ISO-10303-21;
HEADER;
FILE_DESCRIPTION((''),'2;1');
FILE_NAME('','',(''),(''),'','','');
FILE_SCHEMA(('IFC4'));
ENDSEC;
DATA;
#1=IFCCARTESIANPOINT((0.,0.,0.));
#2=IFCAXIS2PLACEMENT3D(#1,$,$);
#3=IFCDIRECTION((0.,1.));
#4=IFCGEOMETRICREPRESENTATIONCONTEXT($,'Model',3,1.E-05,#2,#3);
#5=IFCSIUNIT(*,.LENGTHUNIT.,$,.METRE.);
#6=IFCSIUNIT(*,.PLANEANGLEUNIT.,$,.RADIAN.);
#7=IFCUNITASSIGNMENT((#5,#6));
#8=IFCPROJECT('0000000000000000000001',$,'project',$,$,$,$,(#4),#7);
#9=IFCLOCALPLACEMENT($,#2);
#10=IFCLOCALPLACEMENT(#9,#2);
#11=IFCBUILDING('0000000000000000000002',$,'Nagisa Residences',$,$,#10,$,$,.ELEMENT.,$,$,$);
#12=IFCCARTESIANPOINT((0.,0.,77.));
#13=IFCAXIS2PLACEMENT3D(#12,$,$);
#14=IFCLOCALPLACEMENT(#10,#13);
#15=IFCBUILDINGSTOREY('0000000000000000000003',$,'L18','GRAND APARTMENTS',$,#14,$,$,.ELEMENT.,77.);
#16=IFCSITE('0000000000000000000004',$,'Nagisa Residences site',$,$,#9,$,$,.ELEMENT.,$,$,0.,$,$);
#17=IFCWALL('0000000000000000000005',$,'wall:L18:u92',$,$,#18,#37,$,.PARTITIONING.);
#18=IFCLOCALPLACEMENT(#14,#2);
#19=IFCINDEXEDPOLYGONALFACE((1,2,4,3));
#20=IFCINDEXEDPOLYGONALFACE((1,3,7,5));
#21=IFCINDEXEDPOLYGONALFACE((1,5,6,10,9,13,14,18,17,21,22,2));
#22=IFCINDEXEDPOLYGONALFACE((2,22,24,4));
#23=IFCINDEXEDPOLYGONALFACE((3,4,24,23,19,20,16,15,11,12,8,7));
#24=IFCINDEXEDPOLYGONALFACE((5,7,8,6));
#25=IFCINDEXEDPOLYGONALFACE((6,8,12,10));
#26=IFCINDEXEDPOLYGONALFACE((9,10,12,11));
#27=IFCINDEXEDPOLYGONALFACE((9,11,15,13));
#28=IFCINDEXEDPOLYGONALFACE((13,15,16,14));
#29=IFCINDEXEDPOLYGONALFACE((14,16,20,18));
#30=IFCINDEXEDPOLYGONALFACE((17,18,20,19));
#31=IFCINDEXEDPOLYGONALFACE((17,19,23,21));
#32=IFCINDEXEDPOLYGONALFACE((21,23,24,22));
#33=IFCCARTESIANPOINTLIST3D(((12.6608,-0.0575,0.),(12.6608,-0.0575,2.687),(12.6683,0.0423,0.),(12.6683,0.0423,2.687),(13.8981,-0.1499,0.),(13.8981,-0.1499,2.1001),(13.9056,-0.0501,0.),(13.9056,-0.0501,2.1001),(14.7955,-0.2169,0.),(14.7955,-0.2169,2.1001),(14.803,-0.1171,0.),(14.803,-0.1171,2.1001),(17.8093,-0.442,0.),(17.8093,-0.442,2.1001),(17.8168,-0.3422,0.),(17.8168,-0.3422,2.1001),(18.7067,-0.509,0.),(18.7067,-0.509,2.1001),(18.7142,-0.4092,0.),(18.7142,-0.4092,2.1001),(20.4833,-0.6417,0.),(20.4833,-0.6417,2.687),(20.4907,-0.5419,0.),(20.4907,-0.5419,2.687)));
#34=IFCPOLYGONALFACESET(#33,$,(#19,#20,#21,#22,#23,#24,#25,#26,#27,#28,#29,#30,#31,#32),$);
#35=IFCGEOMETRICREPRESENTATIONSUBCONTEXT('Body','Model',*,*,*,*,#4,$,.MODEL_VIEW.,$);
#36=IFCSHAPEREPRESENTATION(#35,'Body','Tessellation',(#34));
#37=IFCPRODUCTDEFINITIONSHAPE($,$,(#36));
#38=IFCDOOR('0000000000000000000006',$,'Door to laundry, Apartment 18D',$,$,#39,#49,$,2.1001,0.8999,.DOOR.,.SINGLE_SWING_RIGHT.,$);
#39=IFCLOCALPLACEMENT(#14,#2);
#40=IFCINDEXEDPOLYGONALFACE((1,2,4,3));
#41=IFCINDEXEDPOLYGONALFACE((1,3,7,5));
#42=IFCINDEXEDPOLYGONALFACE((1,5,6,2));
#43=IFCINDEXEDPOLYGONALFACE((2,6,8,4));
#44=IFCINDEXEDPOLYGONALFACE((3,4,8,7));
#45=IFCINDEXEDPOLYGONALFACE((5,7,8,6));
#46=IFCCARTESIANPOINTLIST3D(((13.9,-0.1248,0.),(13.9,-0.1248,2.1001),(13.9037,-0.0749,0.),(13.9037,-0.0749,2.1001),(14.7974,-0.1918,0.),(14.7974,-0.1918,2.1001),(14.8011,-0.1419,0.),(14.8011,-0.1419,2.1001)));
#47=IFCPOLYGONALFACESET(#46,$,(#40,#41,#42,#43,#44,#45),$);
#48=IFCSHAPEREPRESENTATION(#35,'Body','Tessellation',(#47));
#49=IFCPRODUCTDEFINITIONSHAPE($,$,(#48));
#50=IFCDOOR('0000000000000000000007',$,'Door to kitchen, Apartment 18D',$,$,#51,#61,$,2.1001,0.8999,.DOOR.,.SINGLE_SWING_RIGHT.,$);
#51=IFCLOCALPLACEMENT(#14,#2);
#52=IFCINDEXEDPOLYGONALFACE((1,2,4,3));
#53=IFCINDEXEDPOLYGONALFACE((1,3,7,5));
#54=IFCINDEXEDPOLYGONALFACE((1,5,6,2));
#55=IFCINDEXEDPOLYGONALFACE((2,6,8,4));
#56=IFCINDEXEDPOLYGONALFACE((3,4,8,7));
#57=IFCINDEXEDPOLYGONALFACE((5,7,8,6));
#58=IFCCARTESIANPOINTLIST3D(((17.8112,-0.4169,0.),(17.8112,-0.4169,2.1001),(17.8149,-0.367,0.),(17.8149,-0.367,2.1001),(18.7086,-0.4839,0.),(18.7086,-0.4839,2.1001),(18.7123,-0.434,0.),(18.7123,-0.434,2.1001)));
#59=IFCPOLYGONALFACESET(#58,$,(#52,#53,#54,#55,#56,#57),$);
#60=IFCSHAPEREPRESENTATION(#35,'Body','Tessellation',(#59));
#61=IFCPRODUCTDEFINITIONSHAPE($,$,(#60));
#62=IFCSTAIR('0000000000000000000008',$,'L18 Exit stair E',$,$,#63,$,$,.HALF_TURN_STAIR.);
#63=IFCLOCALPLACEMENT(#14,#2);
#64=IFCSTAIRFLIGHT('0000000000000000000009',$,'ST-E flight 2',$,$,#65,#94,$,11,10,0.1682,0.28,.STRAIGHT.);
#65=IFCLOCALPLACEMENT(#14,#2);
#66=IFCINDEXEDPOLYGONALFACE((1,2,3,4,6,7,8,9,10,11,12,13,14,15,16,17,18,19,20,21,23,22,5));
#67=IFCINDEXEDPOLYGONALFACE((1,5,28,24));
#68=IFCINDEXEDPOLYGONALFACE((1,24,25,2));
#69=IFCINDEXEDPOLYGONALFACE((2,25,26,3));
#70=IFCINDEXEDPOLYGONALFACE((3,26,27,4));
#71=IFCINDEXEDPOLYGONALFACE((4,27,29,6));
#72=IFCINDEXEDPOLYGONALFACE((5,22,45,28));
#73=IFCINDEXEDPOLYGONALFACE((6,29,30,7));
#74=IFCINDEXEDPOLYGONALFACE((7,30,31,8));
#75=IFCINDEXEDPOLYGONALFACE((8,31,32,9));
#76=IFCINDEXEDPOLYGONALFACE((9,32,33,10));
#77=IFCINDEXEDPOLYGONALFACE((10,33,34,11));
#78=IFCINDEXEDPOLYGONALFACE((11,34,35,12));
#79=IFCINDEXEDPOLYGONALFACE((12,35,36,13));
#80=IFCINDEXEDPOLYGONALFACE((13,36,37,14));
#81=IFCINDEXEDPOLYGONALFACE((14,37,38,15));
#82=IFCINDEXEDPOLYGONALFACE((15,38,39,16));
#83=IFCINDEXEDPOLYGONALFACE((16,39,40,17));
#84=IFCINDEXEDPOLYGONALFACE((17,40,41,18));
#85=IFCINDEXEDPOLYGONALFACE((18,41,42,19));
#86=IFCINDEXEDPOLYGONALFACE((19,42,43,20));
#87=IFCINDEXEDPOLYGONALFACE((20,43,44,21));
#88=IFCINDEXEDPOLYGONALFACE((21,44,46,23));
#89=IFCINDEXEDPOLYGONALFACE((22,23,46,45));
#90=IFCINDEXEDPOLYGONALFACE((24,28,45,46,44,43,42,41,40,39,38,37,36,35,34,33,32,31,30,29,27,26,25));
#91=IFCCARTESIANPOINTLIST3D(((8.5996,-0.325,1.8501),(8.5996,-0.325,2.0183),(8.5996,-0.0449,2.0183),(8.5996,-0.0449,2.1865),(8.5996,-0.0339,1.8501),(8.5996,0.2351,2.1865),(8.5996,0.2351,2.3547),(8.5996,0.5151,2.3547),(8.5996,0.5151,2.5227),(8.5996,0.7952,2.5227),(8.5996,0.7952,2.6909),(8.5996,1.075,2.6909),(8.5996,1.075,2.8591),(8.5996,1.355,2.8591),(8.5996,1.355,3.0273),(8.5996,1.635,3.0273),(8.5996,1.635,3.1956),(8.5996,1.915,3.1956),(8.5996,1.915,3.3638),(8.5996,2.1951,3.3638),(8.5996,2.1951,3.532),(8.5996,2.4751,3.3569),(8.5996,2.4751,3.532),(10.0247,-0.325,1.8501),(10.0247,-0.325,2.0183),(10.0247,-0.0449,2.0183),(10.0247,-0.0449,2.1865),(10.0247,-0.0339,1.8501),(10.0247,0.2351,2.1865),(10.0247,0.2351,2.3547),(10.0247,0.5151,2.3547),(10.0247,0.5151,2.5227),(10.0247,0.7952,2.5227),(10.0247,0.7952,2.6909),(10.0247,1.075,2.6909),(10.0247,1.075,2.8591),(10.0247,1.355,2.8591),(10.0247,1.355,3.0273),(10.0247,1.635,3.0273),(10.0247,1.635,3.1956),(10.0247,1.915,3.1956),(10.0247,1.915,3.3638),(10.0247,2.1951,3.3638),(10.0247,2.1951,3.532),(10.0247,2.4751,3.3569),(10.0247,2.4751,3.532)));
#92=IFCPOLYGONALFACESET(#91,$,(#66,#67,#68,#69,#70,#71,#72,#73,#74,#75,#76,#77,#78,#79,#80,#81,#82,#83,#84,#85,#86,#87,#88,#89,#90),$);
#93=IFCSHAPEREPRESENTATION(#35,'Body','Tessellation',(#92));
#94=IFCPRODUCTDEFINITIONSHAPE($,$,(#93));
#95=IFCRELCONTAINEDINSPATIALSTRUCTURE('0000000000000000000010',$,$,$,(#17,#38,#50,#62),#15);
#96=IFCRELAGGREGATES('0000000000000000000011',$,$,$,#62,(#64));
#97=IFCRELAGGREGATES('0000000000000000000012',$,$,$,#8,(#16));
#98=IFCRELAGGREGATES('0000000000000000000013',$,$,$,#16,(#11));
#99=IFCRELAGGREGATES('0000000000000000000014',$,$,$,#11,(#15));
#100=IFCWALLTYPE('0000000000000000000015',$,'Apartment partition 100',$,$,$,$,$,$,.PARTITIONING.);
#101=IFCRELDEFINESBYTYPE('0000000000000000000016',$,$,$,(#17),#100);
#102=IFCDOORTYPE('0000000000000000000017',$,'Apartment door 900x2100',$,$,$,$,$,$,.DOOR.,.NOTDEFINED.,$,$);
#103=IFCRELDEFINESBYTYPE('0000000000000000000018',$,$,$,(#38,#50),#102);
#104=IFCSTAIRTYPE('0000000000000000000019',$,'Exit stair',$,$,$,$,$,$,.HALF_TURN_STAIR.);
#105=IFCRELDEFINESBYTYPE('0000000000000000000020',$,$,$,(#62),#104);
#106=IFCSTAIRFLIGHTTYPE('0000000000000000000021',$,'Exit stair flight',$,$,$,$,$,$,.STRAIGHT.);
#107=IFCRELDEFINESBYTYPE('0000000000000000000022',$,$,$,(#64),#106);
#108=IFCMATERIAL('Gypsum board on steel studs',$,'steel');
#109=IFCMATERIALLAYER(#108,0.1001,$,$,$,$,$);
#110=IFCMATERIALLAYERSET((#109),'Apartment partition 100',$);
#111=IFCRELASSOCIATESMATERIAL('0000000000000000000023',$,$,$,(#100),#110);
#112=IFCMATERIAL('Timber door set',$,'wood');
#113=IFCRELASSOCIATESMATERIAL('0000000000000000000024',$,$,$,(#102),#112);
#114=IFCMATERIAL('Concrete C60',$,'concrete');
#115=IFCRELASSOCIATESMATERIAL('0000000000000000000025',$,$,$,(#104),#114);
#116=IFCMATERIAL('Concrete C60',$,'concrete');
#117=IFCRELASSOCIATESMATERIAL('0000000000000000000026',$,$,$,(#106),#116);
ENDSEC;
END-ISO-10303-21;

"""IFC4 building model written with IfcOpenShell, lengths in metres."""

from ifc_helpers import new_model, si_unit, direction, frame, frame_2d, origin, place, context, subcontext, project, spatial, polyline, rectangle, outline, extrude, material, layer, layer_set, type_object, element, fill, aggregate, save


model = new_model("IFC4")

# Units and contexts
model_context = context("Model", 3, precision=1e-05, world=origin(), true_north=direction((0.0, 1.0)))
body_context = subcontext(model_context, "Body", "Model", "MODEL_VIEW")
ifc_project = project(units=[si_unit("LENGTHUNIT", "METRE"), si_unit("PLANEANGLEUNIT", "RADIAN")], contexts=[model_context])

# Site, building, storey
site_placement = place(None, origin())
site = spatial("IfcSite", under=ifc_project, at=site_placement, Name="Nagisa Residences site", CompositionType="ELEMENT", RefElevation=0.0)
building_placement = place(site_placement, origin())
building = spatial("IfcBuilding", under=site, at=building_placement, Name="Nagisa Residences", CompositionType="ELEMENT")
storey_placement = place(building_placement, frame((0.0, 0.0, 77.0)))
storey = spatial("IfcBuildingStorey", under=building, at=storey_placement, Name="L18", Description="GRAND APARTMENTS", CompositionType="ELEMENT", Elevation=77.0)

# Shared definitions
ifc_material_1 = material(Name="Gypsum board on steel studs", Category="steel")
ifc_layer_1 = layer(ifc_material_1, 0.1001)
ifc_layer_set_1 = layer_set([ifc_layer_1], Name="Apartment partition 100")
wall_type_1 = type_object("IfcWallType", Name="Apartment partition 100", PredefinedType="PARTITIONING", material=ifc_layer_set_1)
ifc_material_2 = material(Name="Timber door set", Category="wood")
door_type_1 = type_object("IfcDoorType", Name="Apartment door 900x2100", OperationType="NOTDEFINED", PredefinedType="DOOR", material=ifc_material_2)

# Wall, openings, doors
wall_1_placement = place(storey_placement, frame((12.6646, -0.0076, 0.0), z_axis=(0.0, 0.0, 1.0), x_axis=(0.997223, -0.074478, 0.0)))
wall_1 = element("IfcWall", 1, at=wall_1_placement, inside=storey, type_object=wall_type_1, Name="wall:L18:u92", PredefinedType="PARTITIONING", context=body_context, shape_type="SweptSolid", body=[
    extrude(rectangle(XDim=7.8442, YDim=0.1001, at=frame_2d((3.9221, 0.0))), origin(), (0.0, 0.0, 1.0), 2.687),
])
opening_1_placement = place(wall_1_placement, frame((1.2407, 0.0, 0.0)))
opening_1 = element("IfcOpeningElement", 2, at=opening_1_placement, cuts=wall_1, PredefinedType="OPENING", context=body_context, shape_type="SweptSolid", body=[
    extrude(rectangle(XDim=0.8999, YDim=2.1001, at=frame_2d((0.45, 1.05))), frame((0.0, 0.0601, 0.0), z_axis=(0.0, -1.0, 0.0), x_axis=(1.0, 0.0, 0.0)), (0.0, 0.0, 1.0), 0.1201),
])
opening_2_placement = place(wall_1_placement, frame((5.1628, 0.0, 0.0)))
opening_2 = element("IfcOpeningElement", 3, at=opening_2_placement, cuts=wall_1, PredefinedType="OPENING", context=body_context, shape_type="SweptSolid", body=[
    extrude(rectangle(XDim=0.8999, YDim=2.1001, at=frame_2d((0.45, 1.05))), frame((0.0, 0.0601, 0.0), z_axis=(0.0, -1.0, 0.0), x_axis=(1.0, 0.0, 0.0)), (0.0, 0.0, 1.0), 0.1201),
])
door_1_placement = place(opening_1_placement, frame((0.8999, 0.0, 0.0), x_axis=(-1.0, 0.0, 0.0)))
door_1 = element("IfcDoor", 4, at=door_1_placement, inside=storey, type_object=door_type_1, Name="Door to laundry, Apartment 18D", OperationType="SINGLE_SWING_RIGHT", OverallHeight=2.1001, OverallWidth=0.8999, PredefinedType="DOOR", context=body_context, shape_type="SweptSolid", body=[
    extrude(rectangle(XDim=0.8999, YDim=2.1001, at=frame_2d((0.45, 1.05))), frame((0.0, 0.0249, 0.0), z_axis=(0.0, -1.0, 0.0), x_axis=(1.0, 0.0, 0.0)), (0.0, 0.0, 1.0), 0.05),
])
fill(opening_1, door_1)
door_2_placement = place(opening_2_placement, frame((0.8999, 0.0, 0.0), x_axis=(-1.0, 0.0, 0.0)))
door_2 = element("IfcDoor", 5, at=door_2_placement, inside=storey, type_object=door_type_1, Name="Door to kitchen, Apartment 18D", OperationType="SINGLE_SWING_RIGHT", OverallHeight=2.1001, OverallWidth=0.8999, PredefinedType="DOOR", context=body_context, shape_type="SweptSolid", body=[
    extrude(rectangle(XDim=0.8999, YDim=2.1001, at=frame_2d((0.45, 1.05))), frame((0.0, 0.0249, 0.0), z_axis=(0.0, -1.0, 0.0), x_axis=(1.0, 0.0, 0.0)), (0.0, 0.0, 1.0), 0.05),
])
fill(opening_2, door_2)

# Stair, stair flight
ifc_material_3 = material(Name="Concrete C60", Category="concrete")
stair_type = type_object("IfcStairType", Name="Exit stair", PredefinedType="HALF_TURN_STAIR", material=ifc_material_3)
stair_placement = place(storey_placement, origin())
stair = element("IfcStair", 6, at=stair_placement, inside=storey, type_object=stair_type, Name="L18 Exit stair E", PredefinedType="HALF_TURN_STAIR")
ifc_material_4 = material(Name="Concrete C60", Category="concrete")
stair_flight_type = type_object("IfcStairFlightType", Name="Exit stair flight", PredefinedType="STRAIGHT", material=ifc_material_4)
stair_flight_placement = place(storey_placement, frame((9.312, -0.325, 1.8501), z_axis=(0.0, 0.0, 1.0), x_axis=(0.0, 1.0, 0.0)))
stair_flight = element("IfcStairFlight", 7, at=stair_flight_placement, type_object=stair_flight_type, Name="ST-E flight 2", NumberOfRisers=11, NumberOfTreads=10, PredefinedType="STRAIGHT", RiserHeight=0.1682, TreadLength=0.28, context=body_context, shape_type="SweptSolid", body=[
    extrude(outline(polyline([(0.0, 0.0), (0.0, 0.1682), (0.28, 0.1682), (0.28, 0.3364), (0.5601, 0.3364), (0.5601, 0.5046), (0.8401, 0.5046), (0.8401, 0.6726), (1.1201, 0.6726), (1.1201, 0.8408), (1.3999, 0.8408), (1.3999, 1.009), (1.6799, 1.009), (1.6799, 1.1772), (1.96, 1.1772), (1.96, 1.3455), (2.24, 1.3455), (2.24, 1.5137), (2.52, 1.5137), (2.52, 1.6819), (2.8, 1.6819), (2.8, 1.8501), (2.8, 1.5068), (0.291, 0.0), (0.0, 0.0)])), frame((0.0, 0.7124, 0.0), z_axis=(0.0, -1.0, 0.0), x_axis=(1.0, 0.0, 0.0)), (0.0, 0.0, 1.0), 1.425),
])
aggregate(stair, [stair_flight])

save(model, "model.ifc")
